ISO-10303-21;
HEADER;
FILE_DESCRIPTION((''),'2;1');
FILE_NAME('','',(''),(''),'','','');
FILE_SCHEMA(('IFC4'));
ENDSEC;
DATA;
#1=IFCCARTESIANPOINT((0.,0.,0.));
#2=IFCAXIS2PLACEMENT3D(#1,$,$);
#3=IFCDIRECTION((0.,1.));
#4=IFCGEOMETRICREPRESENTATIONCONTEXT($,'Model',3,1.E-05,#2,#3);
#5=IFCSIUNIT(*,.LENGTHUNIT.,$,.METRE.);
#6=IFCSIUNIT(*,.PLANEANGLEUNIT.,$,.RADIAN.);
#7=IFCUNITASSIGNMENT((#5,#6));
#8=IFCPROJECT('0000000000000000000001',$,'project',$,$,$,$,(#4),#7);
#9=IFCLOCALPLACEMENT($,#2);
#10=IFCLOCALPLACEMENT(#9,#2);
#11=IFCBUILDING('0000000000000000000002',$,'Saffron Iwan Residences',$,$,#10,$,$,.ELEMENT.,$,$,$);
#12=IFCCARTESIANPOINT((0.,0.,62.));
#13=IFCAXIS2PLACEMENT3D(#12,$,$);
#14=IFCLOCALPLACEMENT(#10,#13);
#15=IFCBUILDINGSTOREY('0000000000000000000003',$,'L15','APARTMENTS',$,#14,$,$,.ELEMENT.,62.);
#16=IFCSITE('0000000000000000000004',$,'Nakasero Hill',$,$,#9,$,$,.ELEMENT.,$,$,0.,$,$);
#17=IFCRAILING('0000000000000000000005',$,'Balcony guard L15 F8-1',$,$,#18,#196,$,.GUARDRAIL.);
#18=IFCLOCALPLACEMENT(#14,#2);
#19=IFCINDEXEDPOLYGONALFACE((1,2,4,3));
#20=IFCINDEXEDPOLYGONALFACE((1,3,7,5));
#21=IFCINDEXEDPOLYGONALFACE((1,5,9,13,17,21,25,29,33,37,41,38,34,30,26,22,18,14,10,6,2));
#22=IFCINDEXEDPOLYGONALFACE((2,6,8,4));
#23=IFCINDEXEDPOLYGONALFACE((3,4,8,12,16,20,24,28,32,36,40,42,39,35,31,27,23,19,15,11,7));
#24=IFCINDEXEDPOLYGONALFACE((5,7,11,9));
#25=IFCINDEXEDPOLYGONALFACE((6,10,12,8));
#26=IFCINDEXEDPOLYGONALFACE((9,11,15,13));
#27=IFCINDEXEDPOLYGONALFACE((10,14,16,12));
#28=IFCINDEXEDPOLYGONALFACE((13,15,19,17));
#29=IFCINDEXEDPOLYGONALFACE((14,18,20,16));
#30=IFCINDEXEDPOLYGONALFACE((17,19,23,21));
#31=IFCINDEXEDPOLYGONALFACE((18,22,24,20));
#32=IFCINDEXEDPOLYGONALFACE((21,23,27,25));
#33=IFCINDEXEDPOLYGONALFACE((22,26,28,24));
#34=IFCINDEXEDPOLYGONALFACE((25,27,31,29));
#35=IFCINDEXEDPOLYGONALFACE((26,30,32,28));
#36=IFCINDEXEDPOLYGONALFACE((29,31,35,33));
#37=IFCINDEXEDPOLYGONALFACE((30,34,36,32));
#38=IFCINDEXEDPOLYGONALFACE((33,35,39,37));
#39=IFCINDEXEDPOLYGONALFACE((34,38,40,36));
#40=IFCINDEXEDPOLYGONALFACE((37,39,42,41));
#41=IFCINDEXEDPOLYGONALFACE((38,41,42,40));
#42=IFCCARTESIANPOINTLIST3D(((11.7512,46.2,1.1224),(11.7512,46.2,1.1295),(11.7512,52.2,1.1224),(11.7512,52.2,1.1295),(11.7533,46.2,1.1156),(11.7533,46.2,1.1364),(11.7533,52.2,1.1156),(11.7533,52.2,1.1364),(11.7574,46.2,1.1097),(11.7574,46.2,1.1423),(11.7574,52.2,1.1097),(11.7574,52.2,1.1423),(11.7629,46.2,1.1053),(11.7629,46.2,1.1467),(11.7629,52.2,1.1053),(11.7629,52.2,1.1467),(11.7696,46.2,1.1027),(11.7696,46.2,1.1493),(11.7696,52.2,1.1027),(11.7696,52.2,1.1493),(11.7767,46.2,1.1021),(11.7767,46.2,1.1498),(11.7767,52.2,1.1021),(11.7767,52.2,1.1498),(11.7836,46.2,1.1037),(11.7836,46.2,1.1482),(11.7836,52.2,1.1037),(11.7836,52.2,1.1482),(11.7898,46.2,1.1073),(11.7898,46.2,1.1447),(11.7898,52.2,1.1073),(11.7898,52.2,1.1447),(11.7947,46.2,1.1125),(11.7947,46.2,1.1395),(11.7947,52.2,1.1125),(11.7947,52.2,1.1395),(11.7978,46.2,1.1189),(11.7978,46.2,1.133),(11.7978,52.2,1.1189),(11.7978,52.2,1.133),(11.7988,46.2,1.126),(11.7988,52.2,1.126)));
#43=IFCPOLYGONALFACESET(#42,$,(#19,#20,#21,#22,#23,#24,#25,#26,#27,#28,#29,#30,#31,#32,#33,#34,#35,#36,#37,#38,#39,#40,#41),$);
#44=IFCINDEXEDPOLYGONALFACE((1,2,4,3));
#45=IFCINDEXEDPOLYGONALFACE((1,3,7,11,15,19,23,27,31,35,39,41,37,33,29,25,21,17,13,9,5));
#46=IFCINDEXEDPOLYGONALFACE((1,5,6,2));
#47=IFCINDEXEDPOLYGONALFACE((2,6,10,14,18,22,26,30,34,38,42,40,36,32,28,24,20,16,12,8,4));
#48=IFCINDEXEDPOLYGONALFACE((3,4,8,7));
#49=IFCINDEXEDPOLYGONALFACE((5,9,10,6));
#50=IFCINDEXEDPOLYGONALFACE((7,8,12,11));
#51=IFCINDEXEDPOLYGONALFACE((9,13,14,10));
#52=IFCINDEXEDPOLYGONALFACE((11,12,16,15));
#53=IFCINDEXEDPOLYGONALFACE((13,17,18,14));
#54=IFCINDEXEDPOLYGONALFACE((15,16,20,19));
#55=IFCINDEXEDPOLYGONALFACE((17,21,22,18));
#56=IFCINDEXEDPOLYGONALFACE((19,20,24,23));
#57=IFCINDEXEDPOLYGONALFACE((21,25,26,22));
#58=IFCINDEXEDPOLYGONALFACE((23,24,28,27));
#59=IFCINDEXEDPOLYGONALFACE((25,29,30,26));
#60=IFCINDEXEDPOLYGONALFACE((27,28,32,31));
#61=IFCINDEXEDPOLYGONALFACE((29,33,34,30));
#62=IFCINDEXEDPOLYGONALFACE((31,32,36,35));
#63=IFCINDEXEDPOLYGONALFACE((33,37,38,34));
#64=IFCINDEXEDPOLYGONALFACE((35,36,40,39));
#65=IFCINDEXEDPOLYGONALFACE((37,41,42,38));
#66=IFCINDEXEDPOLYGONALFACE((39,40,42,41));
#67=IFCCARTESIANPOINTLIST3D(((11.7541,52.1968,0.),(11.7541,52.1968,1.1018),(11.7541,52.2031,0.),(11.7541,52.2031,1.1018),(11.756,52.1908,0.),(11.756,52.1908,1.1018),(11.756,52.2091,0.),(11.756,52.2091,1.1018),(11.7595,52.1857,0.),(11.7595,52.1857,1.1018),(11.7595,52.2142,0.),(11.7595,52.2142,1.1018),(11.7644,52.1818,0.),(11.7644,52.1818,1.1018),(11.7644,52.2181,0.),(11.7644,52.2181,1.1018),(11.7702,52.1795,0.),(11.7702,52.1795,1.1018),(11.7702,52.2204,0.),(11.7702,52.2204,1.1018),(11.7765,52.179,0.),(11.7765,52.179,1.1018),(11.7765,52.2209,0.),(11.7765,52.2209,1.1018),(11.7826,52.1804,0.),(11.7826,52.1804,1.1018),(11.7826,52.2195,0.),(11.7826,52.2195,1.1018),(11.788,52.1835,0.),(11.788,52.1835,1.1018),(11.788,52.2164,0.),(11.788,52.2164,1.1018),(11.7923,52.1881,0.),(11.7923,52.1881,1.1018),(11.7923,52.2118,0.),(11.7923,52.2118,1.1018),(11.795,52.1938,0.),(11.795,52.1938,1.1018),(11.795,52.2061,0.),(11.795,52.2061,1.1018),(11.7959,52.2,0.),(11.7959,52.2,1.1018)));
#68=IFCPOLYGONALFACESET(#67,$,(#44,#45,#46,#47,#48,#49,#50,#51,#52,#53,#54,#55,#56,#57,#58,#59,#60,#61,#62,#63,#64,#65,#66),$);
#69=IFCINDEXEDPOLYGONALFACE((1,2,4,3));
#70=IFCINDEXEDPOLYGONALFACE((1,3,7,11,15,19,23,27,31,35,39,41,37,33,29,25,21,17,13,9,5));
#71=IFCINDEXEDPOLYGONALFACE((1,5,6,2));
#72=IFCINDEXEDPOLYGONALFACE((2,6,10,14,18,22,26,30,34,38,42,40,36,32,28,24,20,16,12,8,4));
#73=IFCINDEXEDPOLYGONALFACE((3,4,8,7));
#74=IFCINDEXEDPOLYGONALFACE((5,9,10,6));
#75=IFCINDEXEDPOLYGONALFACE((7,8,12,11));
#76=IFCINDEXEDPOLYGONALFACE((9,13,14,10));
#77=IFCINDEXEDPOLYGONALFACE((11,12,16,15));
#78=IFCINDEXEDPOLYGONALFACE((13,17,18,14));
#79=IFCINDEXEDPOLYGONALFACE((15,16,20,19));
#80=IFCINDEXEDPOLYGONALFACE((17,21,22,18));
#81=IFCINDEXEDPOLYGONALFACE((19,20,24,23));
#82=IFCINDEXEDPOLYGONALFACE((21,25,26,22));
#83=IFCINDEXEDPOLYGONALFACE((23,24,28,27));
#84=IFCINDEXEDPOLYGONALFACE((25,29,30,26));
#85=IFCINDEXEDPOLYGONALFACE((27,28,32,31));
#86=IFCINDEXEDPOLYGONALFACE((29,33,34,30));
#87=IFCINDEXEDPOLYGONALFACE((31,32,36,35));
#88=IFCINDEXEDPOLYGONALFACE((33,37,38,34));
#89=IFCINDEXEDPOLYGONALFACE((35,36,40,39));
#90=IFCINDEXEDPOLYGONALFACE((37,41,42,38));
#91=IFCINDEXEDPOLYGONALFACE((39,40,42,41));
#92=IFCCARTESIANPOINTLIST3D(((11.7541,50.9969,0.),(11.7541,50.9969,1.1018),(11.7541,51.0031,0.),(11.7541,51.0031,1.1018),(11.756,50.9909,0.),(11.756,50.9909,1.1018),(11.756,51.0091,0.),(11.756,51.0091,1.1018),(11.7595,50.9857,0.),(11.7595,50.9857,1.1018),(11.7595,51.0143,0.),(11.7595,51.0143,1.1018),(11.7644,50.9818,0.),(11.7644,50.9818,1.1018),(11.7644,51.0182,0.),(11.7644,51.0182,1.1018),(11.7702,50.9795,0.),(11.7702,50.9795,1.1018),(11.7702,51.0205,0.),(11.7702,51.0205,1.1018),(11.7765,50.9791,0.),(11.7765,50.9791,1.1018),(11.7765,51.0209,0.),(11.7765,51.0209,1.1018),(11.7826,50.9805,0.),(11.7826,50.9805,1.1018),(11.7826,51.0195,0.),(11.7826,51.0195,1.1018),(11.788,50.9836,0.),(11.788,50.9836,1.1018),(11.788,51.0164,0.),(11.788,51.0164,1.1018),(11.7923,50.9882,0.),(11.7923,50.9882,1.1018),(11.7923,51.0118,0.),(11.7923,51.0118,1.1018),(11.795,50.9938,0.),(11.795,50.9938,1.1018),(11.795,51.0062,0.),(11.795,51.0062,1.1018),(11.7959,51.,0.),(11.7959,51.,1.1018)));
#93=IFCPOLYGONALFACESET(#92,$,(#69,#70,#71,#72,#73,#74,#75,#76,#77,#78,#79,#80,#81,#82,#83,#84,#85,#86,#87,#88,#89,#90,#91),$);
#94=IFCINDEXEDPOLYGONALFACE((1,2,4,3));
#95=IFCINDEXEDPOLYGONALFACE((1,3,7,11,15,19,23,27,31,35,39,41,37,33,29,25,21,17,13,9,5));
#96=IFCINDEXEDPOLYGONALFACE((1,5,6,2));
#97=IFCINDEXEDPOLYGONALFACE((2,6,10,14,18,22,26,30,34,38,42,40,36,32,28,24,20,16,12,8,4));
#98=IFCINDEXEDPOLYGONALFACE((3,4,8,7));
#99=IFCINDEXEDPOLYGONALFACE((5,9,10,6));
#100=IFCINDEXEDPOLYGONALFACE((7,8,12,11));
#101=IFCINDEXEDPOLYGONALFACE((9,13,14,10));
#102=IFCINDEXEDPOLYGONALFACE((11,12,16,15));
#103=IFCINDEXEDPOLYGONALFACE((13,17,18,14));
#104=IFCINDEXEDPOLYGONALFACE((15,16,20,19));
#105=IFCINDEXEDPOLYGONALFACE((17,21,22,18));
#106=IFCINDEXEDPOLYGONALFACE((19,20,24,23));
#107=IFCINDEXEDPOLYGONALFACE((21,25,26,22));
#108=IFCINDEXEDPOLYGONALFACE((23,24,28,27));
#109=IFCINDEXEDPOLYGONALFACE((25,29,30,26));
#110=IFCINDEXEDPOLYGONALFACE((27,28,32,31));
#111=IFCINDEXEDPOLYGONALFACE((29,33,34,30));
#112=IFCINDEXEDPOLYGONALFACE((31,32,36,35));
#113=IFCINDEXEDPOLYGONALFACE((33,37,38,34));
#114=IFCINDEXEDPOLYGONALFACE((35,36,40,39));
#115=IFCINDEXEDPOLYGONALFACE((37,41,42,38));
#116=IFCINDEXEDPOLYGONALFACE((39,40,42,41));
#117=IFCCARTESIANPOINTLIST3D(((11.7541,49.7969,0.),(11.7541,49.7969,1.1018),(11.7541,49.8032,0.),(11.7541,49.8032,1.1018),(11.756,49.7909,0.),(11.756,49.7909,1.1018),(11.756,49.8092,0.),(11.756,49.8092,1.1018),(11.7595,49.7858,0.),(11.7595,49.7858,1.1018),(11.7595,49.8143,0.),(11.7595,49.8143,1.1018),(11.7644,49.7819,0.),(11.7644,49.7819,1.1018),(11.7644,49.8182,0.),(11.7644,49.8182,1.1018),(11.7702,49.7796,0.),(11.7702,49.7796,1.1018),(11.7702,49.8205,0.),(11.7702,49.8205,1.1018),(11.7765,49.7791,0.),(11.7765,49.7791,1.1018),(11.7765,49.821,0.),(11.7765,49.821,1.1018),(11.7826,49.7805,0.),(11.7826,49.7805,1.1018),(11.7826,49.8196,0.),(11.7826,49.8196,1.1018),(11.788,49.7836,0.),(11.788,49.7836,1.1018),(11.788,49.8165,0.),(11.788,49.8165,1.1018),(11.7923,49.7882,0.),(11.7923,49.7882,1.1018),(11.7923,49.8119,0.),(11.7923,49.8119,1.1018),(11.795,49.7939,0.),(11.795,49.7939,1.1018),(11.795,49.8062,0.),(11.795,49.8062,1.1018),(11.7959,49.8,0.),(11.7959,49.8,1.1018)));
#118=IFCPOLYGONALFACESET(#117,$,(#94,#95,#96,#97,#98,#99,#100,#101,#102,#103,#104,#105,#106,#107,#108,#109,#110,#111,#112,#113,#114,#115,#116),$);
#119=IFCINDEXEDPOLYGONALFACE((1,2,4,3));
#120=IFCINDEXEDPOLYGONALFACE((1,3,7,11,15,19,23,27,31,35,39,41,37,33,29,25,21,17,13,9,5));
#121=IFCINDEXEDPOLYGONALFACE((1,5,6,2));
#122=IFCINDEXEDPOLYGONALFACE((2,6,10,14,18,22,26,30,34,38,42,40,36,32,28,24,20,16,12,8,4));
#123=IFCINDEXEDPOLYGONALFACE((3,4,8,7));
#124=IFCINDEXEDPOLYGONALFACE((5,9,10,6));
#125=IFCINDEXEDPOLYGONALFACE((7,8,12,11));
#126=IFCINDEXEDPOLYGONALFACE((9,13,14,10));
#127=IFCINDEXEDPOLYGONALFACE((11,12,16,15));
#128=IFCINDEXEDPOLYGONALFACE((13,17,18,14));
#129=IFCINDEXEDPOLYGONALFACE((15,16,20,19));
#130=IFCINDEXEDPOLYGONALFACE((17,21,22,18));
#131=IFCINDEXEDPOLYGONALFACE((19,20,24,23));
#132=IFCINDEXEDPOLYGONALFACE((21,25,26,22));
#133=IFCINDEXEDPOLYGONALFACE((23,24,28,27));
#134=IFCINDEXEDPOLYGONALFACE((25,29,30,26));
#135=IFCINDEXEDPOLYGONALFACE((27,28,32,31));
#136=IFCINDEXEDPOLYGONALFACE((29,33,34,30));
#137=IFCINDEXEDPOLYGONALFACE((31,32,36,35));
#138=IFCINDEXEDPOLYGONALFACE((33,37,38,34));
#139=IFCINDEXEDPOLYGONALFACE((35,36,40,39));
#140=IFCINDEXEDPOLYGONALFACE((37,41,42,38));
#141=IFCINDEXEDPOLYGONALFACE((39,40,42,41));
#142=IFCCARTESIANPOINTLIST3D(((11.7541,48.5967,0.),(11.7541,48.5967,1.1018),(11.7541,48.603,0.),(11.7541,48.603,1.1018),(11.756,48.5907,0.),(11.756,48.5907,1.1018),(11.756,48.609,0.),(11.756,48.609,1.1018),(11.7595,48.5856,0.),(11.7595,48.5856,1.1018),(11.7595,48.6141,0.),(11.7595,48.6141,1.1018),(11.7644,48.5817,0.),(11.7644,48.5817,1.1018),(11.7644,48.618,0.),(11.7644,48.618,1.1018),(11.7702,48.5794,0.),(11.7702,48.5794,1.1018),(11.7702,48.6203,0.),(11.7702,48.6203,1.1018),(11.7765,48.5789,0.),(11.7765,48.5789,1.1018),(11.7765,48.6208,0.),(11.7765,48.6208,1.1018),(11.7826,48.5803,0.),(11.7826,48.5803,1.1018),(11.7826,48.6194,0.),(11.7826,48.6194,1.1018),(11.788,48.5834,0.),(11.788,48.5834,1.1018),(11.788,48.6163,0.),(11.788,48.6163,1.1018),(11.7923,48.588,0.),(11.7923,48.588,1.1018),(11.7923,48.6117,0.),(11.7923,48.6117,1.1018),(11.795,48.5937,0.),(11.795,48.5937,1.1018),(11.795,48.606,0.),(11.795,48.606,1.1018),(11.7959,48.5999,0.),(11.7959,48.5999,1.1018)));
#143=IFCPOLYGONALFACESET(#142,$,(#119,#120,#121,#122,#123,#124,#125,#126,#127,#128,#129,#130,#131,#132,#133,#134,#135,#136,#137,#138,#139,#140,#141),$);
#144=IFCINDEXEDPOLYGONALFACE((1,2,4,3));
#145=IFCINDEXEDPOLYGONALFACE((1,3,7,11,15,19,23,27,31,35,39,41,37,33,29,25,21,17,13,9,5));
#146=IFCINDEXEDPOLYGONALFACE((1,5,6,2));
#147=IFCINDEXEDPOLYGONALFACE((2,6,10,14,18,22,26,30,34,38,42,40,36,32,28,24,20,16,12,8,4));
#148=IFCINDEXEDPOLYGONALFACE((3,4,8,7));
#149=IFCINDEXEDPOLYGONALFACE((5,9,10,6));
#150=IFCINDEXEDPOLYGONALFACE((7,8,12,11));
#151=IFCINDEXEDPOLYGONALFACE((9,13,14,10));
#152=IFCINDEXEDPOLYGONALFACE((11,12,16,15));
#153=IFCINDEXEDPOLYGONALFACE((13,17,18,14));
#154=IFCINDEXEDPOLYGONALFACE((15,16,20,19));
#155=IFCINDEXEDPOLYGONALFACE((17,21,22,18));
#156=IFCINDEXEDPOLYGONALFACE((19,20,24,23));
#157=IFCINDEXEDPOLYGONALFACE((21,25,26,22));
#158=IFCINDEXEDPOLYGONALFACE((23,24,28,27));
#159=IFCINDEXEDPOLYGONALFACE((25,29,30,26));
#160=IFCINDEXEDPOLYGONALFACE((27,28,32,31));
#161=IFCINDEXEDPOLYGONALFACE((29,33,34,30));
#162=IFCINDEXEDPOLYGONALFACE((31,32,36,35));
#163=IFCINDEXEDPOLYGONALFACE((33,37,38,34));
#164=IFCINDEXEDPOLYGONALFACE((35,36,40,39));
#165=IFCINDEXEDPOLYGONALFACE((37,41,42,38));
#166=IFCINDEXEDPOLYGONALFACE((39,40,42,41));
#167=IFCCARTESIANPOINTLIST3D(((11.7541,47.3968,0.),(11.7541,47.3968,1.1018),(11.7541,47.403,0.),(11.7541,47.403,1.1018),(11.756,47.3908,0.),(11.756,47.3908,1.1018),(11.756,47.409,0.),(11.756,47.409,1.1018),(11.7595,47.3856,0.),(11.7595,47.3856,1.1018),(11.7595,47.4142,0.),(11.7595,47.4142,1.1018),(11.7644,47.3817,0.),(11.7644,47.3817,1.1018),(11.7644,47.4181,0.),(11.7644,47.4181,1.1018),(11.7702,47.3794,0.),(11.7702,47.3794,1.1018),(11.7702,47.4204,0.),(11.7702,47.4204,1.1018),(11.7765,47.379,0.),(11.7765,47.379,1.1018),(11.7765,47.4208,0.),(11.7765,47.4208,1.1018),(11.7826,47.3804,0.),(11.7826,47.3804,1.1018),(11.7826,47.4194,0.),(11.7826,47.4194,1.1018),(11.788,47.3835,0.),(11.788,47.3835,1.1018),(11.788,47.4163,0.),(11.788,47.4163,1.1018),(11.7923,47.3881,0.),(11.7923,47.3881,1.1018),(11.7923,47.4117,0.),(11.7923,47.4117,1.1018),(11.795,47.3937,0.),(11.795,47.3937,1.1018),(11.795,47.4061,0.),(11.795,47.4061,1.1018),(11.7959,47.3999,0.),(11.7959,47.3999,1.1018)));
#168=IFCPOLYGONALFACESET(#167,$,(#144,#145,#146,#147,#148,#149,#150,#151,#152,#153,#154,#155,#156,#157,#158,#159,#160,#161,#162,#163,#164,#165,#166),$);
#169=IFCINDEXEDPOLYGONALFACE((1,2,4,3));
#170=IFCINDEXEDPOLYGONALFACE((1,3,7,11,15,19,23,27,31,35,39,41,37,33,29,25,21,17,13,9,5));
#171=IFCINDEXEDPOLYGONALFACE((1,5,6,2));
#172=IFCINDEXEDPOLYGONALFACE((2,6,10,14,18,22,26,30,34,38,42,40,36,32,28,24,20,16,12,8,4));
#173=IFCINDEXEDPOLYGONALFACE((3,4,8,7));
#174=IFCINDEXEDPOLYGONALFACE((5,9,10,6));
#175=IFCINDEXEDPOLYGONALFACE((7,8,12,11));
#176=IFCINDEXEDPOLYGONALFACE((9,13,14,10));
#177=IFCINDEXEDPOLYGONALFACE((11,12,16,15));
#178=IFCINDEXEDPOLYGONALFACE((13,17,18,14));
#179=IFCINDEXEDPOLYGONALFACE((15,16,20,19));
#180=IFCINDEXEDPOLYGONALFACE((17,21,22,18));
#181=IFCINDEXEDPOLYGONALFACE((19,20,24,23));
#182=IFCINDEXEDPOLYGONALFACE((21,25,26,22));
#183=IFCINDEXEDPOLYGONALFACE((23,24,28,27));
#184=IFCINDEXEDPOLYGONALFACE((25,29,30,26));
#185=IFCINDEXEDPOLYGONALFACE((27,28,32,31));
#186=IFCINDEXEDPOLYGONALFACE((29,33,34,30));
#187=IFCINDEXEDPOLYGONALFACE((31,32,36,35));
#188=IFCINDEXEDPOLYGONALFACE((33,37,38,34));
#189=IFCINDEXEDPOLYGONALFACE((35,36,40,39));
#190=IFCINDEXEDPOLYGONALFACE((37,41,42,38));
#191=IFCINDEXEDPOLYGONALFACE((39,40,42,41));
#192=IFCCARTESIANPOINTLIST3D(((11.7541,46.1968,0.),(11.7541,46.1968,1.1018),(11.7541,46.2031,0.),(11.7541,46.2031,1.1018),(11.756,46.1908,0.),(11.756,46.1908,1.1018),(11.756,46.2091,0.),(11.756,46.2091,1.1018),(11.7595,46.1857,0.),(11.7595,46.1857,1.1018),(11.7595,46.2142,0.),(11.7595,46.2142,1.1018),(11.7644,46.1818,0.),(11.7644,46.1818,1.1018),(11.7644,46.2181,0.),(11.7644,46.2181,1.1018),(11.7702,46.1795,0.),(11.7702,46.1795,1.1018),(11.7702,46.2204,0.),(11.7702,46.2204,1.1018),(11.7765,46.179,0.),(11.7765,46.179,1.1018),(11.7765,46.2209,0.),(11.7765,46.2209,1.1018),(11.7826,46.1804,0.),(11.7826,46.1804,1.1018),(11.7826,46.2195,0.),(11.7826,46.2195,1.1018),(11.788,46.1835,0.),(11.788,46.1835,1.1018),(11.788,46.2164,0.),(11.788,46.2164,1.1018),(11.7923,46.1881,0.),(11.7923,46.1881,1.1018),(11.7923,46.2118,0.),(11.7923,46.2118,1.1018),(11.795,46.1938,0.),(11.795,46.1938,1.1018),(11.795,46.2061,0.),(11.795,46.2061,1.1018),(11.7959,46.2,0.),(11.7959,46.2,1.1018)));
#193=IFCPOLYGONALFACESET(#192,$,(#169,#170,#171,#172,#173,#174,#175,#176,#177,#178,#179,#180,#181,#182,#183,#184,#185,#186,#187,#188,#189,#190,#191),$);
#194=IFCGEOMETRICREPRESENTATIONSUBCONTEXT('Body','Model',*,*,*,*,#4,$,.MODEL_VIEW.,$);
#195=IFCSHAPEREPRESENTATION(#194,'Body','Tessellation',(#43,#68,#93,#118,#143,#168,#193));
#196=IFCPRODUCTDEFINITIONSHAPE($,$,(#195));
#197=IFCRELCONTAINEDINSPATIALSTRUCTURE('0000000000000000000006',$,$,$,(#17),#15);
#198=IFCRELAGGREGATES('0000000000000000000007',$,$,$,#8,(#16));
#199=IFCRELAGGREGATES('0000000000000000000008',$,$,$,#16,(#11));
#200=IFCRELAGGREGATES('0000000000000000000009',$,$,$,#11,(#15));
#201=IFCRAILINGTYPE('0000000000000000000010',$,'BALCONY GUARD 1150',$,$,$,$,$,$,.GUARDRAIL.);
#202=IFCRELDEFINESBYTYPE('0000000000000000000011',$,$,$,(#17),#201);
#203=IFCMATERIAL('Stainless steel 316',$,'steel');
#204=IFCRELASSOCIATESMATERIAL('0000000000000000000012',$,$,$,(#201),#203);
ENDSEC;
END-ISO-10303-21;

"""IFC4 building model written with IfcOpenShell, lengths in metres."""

from ifc_helpers import new_model, si_unit, direction, frame, origin, origin_2d, place, context, subcontext, project, spatial, circle, extrude, material, type_object, element, save


model = new_model("IFC4")

# Units and contexts
model_context = context("Model", 3, precision=1e-05, world=origin(), true_north=direction((0.0, 1.0)))
body_context = subcontext(model_context, "Body", "Model", "MODEL_VIEW")
ifc_project = project(units=[si_unit("LENGTHUNIT", "METRE"), si_unit("PLANEANGLEUNIT", "RADIAN")], contexts=[model_context])

# Site, building, storey
site_placement = place(None, origin())
site = spatial("IfcSite", under=ifc_project, at=site_placement, Name="Nakasero Hill", CompositionType="ELEMENT", RefElevation=0.0)
building_placement = place(site_placement, origin())
building = spatial("IfcBuilding", under=site, at=building_placement, Name="Saffron Iwan Residences", CompositionType="ELEMENT")
storey_placement = place(building_placement, frame((0.0, 0.0, 62.0)))
storey = spatial("IfcBuildingStorey", under=building, at=storey_placement, Name="L15", Description="APARTMENTS", CompositionType="ELEMENT", Elevation=62.0)

# Railing
ifc_material_1 = material(Name="Stainless steel 316", Category="steel")
railing_type = type_object("IfcRailingType", Name="BALCONY GUARD 1150", PredefinedType="GUARDRAIL", material=ifc_material_1)
railing_placement = place(storey_placement, frame((11.7749, 52.2, 0.0)))
element("IfcRailing", 1, at=railing_placement, inside=storey, type_object=railing_type, Name="Balcony guard L15 F8-1", PredefinedType="GUARDRAIL", context=body_context, shape_type="SweptSolid", body=[
    extrude(circle(Radius=0.0239, at=origin_2d()), frame((0.0, 0.0, 1.126), z_axis=(0.0, -1.0, 0.0), x_axis=(1.0, 0.0, 0.0)), (0.0, 0.0, 1.0), 6.0),
    extrude(circle(Radius=0.021, at=origin_2d()), origin(), (0.0, 0.0, 1.0), 1.1018),
    extrude(circle(Radius=0.021, at=origin_2d()), frame((0.0, -1.2, 0.0)), (0.0, 0.0, 1.0), 1.1018),
    extrude(circle(Radius=0.021, at=origin_2d()), frame((0.0, -2.3999, 0.0)), (0.0, 0.0, 1.0), 1.1018),
    extrude(circle(Radius=0.021, at=origin_2d()), frame((0.0, -3.6001, 0.0)), (0.0, 0.0, 1.0), 1.1018),
    extrude(circle(Radius=0.021, at=origin_2d()), frame((0.0, -4.8, 0.0)), (0.0, 0.0, 1.0), 1.1018),
    extrude(circle(Radius=0.021, at=origin_2d()), frame((0.0, -6.0, 0.0)), (0.0, 0.0, 1.0), 1.1018),
])

save(model, "model.ifc")
